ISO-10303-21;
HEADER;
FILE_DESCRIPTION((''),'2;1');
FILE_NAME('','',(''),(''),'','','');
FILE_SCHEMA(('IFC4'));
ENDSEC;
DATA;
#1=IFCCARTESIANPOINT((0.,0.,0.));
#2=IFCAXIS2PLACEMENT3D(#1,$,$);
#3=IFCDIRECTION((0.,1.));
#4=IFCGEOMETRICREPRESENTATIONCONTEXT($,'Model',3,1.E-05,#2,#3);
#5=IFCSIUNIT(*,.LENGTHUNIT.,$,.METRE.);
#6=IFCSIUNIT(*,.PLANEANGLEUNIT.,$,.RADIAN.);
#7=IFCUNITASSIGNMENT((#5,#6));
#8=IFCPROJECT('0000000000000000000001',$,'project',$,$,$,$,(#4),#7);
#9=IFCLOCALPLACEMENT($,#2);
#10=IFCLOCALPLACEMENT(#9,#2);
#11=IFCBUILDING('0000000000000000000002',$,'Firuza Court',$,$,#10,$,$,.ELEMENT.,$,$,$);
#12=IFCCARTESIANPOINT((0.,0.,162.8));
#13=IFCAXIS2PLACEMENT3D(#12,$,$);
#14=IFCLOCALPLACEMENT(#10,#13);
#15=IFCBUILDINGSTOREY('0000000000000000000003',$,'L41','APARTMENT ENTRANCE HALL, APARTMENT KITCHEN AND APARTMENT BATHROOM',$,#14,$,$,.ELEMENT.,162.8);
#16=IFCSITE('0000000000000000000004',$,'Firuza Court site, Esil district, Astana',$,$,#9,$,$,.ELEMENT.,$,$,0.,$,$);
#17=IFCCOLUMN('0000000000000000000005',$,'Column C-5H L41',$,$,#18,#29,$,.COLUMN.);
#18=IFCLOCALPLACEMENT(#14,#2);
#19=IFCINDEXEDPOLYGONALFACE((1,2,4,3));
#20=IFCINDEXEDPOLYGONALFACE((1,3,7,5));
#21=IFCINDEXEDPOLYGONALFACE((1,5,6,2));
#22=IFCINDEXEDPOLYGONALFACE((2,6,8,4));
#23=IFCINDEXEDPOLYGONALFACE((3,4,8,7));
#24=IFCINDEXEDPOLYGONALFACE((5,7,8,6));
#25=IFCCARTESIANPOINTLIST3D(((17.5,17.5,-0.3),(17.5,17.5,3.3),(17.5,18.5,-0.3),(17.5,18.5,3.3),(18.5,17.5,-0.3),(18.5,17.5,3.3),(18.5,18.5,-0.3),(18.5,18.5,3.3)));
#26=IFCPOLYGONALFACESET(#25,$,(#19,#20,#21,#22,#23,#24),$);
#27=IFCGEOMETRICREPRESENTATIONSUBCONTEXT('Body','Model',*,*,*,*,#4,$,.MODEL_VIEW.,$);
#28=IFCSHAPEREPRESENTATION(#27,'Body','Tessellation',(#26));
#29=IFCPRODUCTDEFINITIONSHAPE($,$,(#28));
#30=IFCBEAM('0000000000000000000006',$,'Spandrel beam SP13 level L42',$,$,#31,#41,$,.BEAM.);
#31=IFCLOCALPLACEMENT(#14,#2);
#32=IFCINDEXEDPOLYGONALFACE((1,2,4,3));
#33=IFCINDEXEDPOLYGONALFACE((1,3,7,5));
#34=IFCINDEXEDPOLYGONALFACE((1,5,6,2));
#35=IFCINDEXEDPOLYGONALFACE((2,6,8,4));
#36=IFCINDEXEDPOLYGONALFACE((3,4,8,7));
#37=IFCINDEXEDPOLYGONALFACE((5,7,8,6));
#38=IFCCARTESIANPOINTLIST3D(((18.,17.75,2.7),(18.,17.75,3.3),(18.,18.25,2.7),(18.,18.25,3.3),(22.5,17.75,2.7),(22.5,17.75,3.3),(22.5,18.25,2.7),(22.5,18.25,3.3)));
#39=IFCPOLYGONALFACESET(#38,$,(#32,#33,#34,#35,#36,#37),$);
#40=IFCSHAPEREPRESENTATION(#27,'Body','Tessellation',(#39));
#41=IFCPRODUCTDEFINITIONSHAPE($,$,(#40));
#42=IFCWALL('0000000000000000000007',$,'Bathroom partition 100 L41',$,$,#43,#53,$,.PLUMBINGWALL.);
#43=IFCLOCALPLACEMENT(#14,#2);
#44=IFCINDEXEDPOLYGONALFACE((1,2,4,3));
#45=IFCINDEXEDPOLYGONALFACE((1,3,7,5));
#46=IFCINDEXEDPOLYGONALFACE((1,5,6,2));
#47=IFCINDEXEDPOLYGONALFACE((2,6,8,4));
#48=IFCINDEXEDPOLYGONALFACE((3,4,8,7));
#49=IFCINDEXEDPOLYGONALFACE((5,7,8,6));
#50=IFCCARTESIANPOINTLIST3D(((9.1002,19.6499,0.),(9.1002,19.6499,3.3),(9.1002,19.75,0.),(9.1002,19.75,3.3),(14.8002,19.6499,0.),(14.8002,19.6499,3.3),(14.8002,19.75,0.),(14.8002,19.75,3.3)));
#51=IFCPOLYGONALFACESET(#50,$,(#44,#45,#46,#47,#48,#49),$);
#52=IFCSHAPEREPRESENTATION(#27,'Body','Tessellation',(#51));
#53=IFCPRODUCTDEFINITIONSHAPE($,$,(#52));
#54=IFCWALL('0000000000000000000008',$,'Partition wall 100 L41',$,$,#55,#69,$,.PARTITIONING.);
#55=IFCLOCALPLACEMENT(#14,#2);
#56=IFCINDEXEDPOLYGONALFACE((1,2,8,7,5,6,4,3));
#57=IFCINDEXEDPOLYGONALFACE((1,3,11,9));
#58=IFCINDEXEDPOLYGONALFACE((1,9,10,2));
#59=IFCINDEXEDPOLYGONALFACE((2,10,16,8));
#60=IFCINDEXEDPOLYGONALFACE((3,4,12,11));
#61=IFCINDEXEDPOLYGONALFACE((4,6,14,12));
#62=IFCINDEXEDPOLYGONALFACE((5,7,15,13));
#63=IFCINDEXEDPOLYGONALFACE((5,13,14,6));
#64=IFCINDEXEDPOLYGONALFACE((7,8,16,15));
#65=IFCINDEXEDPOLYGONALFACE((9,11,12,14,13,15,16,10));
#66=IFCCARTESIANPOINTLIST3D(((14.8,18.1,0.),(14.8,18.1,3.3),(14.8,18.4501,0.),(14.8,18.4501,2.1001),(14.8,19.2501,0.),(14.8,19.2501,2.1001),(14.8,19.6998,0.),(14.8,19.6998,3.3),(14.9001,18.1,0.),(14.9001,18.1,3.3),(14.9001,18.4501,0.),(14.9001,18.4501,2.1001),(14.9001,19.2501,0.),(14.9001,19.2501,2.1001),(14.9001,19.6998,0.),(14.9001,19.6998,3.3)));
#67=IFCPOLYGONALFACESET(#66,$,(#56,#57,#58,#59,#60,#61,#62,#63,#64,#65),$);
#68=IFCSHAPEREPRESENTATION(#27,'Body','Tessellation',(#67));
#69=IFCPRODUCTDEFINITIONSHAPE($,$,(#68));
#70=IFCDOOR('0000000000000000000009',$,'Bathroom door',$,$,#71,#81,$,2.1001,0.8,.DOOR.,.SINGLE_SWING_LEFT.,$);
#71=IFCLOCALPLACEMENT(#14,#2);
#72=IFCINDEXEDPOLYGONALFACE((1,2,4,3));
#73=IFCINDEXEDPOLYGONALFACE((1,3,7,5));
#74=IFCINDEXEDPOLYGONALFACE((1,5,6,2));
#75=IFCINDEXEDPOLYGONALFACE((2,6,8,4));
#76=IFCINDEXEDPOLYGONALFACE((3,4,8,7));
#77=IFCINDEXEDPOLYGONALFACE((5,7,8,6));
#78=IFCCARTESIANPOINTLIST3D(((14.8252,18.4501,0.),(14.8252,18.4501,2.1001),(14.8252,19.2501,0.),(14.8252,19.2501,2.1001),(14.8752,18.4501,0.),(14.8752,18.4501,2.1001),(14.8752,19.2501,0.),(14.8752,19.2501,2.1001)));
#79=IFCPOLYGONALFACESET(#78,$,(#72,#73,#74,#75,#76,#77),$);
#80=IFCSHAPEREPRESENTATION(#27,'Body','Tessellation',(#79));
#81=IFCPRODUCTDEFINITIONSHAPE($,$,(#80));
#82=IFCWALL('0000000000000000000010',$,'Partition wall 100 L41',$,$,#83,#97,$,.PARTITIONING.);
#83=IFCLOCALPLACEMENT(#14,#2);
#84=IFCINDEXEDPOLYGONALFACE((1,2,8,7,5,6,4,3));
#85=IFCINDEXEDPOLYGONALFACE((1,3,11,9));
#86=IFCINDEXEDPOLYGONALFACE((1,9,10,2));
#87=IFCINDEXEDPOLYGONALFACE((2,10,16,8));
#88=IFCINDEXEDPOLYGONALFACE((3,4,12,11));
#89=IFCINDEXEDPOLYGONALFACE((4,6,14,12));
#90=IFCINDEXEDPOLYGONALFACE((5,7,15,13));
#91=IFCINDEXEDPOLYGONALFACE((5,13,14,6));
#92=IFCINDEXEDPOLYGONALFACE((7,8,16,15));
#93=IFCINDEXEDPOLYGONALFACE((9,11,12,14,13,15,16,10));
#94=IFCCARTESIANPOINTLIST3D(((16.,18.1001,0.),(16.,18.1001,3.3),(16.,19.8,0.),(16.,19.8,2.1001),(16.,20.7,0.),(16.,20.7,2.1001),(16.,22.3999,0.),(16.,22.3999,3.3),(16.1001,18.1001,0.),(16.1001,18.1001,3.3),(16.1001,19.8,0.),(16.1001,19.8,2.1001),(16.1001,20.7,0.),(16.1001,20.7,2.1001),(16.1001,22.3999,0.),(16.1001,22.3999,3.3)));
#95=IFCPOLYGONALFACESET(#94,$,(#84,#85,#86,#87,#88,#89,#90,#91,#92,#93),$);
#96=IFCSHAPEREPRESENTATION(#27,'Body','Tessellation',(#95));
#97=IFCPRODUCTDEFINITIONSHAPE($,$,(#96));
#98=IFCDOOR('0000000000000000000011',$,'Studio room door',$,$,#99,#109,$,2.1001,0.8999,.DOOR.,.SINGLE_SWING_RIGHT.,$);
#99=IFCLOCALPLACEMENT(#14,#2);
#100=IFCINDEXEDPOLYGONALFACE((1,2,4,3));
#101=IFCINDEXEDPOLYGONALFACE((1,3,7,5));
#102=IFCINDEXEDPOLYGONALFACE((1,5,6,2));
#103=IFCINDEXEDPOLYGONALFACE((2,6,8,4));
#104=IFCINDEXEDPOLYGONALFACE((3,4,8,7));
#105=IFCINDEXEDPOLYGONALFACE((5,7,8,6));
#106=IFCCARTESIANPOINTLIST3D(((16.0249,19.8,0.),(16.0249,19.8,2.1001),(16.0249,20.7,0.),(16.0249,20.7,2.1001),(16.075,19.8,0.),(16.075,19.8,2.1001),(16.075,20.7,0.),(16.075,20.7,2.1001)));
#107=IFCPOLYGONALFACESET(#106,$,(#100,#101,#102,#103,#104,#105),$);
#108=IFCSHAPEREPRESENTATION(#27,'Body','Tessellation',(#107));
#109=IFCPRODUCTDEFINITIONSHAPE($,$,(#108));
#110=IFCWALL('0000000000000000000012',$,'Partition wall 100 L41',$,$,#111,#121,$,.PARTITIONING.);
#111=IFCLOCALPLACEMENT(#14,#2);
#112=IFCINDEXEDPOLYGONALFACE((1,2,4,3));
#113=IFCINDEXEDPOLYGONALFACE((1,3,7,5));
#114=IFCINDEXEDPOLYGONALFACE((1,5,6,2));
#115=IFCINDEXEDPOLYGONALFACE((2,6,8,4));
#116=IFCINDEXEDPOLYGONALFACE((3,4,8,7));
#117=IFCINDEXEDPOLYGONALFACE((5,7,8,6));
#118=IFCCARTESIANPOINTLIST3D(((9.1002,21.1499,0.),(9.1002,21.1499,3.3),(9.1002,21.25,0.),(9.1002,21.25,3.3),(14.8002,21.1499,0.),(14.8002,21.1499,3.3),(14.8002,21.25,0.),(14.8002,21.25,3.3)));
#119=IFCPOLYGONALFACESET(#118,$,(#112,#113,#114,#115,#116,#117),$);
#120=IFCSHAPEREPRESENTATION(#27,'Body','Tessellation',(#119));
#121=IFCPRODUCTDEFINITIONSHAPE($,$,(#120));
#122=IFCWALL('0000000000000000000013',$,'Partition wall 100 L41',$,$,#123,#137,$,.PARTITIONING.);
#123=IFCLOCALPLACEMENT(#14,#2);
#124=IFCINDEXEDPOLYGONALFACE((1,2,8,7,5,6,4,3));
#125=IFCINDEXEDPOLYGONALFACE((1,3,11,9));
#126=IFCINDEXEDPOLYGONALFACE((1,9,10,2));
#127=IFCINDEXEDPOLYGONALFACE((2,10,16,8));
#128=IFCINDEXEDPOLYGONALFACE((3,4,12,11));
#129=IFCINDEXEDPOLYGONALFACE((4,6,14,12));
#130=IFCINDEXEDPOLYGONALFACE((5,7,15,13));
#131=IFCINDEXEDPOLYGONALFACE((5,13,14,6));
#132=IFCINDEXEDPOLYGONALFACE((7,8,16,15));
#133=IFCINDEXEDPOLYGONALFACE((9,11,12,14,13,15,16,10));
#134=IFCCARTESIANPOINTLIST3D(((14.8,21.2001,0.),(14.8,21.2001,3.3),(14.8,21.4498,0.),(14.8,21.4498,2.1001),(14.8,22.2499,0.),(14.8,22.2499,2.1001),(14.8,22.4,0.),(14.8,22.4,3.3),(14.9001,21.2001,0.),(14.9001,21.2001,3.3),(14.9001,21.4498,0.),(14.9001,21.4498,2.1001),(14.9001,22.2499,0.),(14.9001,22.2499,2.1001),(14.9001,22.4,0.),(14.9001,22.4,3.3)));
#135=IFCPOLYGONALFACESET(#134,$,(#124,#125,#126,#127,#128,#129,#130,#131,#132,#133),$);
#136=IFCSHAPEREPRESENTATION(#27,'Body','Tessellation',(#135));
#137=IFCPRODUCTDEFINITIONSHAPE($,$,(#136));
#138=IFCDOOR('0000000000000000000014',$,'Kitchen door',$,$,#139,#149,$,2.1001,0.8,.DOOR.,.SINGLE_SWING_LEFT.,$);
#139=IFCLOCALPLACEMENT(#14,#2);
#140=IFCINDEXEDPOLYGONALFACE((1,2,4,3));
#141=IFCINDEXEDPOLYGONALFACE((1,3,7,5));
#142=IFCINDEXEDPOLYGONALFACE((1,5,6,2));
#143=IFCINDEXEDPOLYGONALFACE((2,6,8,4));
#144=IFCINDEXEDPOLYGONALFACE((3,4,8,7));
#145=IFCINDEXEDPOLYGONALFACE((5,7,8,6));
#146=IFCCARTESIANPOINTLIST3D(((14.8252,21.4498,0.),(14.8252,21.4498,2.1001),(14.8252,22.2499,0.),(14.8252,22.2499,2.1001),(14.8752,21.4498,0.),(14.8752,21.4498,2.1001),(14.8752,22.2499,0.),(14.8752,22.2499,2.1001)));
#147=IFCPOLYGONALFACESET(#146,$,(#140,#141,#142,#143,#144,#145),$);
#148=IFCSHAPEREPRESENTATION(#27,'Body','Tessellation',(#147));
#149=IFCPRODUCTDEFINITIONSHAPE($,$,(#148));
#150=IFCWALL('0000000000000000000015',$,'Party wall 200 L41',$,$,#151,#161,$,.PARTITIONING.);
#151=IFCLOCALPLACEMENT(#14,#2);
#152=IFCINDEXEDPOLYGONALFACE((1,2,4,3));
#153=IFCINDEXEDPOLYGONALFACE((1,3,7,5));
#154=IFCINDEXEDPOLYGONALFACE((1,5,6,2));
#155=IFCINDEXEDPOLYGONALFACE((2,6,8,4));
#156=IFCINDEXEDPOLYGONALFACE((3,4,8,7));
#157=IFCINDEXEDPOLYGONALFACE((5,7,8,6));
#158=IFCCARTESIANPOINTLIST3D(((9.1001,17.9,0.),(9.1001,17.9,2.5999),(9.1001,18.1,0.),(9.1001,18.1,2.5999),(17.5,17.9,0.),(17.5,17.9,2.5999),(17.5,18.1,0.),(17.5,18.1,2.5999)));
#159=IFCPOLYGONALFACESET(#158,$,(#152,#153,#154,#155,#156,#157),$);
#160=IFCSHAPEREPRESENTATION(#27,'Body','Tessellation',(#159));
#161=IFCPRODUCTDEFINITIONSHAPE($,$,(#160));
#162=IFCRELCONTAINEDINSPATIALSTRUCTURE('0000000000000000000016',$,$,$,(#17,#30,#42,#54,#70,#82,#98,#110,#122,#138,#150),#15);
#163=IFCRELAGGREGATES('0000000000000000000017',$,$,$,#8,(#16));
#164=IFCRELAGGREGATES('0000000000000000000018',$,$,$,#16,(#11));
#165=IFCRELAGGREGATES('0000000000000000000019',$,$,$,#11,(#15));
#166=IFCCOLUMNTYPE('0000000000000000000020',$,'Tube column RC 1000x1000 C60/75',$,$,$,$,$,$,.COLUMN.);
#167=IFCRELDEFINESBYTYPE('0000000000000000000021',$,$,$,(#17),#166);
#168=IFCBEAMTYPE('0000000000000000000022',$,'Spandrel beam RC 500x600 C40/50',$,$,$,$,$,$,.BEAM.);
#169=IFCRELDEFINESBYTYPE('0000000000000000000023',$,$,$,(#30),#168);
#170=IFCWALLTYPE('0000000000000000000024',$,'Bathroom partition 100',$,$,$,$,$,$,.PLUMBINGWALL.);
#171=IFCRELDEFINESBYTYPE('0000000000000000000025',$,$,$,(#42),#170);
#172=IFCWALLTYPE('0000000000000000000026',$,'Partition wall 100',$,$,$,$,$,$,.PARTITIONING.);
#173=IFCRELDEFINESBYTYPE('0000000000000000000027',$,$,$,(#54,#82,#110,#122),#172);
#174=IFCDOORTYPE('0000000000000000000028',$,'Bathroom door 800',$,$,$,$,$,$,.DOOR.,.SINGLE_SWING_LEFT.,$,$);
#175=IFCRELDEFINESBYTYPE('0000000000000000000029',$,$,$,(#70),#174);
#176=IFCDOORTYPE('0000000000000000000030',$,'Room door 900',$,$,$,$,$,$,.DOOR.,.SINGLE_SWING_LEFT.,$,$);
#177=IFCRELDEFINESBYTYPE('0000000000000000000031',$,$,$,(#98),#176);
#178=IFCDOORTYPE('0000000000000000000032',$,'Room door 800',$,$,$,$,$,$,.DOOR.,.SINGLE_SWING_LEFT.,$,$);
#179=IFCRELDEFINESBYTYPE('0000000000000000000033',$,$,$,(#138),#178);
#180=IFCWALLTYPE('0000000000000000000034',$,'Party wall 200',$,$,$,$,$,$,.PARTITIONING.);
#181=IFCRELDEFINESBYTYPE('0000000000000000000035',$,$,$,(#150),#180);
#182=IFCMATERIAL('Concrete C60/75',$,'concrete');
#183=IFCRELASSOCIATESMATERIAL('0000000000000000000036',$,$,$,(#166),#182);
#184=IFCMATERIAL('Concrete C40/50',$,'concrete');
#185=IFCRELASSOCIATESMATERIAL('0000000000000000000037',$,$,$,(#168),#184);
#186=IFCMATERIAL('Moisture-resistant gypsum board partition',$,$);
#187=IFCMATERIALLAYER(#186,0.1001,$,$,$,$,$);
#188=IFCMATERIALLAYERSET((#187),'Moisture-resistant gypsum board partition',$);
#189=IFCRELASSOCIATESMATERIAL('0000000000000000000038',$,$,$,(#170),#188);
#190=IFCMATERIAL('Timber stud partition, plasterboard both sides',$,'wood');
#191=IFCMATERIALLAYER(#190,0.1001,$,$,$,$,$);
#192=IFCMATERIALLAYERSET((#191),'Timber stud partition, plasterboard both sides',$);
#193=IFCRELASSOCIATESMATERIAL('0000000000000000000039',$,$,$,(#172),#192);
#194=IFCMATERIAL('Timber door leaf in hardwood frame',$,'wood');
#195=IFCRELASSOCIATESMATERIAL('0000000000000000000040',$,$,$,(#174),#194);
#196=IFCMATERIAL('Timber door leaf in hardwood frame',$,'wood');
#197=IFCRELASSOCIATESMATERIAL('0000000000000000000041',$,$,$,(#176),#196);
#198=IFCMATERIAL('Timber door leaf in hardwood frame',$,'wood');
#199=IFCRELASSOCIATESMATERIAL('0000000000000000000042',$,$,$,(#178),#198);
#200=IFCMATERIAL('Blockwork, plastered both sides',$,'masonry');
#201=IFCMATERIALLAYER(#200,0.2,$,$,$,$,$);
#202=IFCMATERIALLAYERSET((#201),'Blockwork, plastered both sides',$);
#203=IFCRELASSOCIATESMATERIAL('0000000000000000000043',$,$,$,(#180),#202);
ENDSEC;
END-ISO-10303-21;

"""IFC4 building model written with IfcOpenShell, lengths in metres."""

from ifc_helpers import new_model, si_unit, direction, frame, frame_2d, origin, origin_2d, place, context, subcontext, project, spatial, rectangle, extrude, material, layer, layer_set, material_profile, profile_set, type_object, element, fill, save


model = new_model("IFC4")

# Units and contexts
model_context = context("Model", 3, precision=1e-05, world=origin(), true_north=direction((0.0, 1.0)))
body_context = subcontext(model_context, "Body", "Model", "MODEL_VIEW")
ifc_project = project(units=[si_unit("LENGTHUNIT", "METRE"), si_unit("PLANEANGLEUNIT", "RADIAN")], contexts=[model_context])

# Site, building, storey
site_placement = place(None, origin())
site = spatial("IfcSite", under=ifc_project, at=site_placement, Name="Firuza Court site, Esil district, Astana", CompositionType="ELEMENT", RefElevation=0.0)
building_placement = place(site_placement, origin())
building = spatial("IfcBuilding", under=site, at=building_placement, Name="Firuza Court", CompositionType="ELEMENT")
storey_placement = place(building_placement, frame((0.0, 0.0, 162.8)))
storey = spatial("IfcBuildingStorey", under=building, at=storey_placement, Name="L41", Description="APARTMENT ENTRANCE HALL, APARTMENT KITCHEN AND APARTMENT BATHROOM", CompositionType="ELEMENT", Elevation=162.8)

# Column
ifc_material_1 = material(Name="Concrete C60/75", Category="concrete")
ifc_material_profile_1 = material_profile(ifc_material_1, rectangle(XDim=1.0, YDim=1.0, at=origin_2d()), Name="RC 1000x1000")
ifc_profile_set_1 = profile_set([ifc_material_profile_1], Name="Concrete C60/75")
column_type = type_object("IfcColumnType", Name="Tube column RC 1000x1000 C60/75", PredefinedType="COLUMN", material=ifc_profile_set_1)
column_placement = place(storey_placement, frame((18.0, 18.0, -0.3), z_axis=(0.0, 0.0, 1.0), x_axis=(1.0, 0.0, 0.0)))
element("IfcColumn", 1, at=column_placement, inside=storey, type_object=column_type, Name="Column C-5H L41", PredefinedType="COLUMN", context=body_context, shape_type="SweptSolid", body=[
    extrude(rectangle(XDim=1.0, YDim=1.0, at=origin_2d()), origin(), (0.0, 0.0, 1.0), 3.6001),
])

# Beam
ifc_material_2 = material(Name="Concrete C40/50", Category="concrete")
ifc_material_profile_2 = material_profile(ifc_material_2, rectangle(XDim=0.5, YDim=0.6001, at=origin_2d()), Name="RC 500x600")
ifc_profile_set_2 = profile_set([ifc_material_profile_2], Name="Concrete C40/50")
beam_type = type_object("IfcBeamType", Name="Spandrel beam RC 500x600 C40/50", PredefinedType="BEAM", material=ifc_profile_set_2)
beam_placement = place(storey_placement, frame((18.0, 18.0, 3.0), z_axis=(1.0, 0.0, 0.0), x_axis=(0.0, 1.0, 0.0)))
element("IfcBeam", 2, at=beam_placement, inside=storey, type_object=beam_type, Name="Spandrel beam SP13 level L42", PredefinedType="BEAM", context=body_context, shape_type="SweptSolid", body=[
    extrude(rectangle(XDim=0.5, YDim=0.6001, at=origin_2d()), origin(), (0.0, 0.0, 1.0), 4.5),
])

# Wall
ifc_material_3 = material(Name="Moisture-resistant gypsum board partition")
ifc_layer_1 = layer(ifc_material_3, 0.1001)
ifc_layer_set_1 = layer_set([ifc_layer_1], Name="Moisture-resistant gypsum board partition")
wall_type_1 = type_object("IfcWallType", Name="Bathroom partition 100", PredefinedType="PLUMBINGWALL", material=ifc_layer_set_1)
wall_1_placement = place(storey_placement, frame((9.1001, 19.7, 0.0), z_axis=(0.0, 0.0, 1.0), x_axis=(1.0, 0.0, 0.0)))
element("IfcWall", 3, at=wall_1_placement, inside=storey, type_object=wall_type_1, Name="Bathroom partition 100 L41", PredefinedType="PLUMBINGWALL", context=body_context, shape_type="SweptSolid", body=[
    extrude(rectangle(XDim=5.7, YDim=0.1001, at=frame_2d((2.8501, 0.0))), origin(), (0.0, 0.0, 1.0), 3.3),
])

# Walls, openings, doors
ifc_material_4 = material(Name="Timber stud partition, plasterboard both sides", Category="wood")
ifc_layer_2 = layer(ifc_material_4, 0.1001)
ifc_layer_set_2 = layer_set([ifc_layer_2], Name="Timber stud partition, plasterboard both sides")
wall_type_2 = type_object("IfcWallType", Name="Partition wall 100", PredefinedType="PARTITIONING", material=ifc_layer_set_2)
wall_2_placement = place(storey_placement, frame((14.8501, 18.1001, 0.0), z_axis=(0.0, 0.0, 1.0), x_axis=(0.0, 1.0, 0.0)))
wall_2 = element("IfcWall", 4, at=wall_2_placement, inside=storey, type_object=wall_type_2, Name="Partition wall 100 L41", PredefinedType="PARTITIONING", context=body_context, shape_type="SweptSolid", body=[
    extrude(rectangle(XDim=1.5999, YDim=0.1001, at=frame_2d((0.7998, 0.0))), origin(), (0.0, 0.0, 1.0), 3.3),
])
opening_1_placement = place(wall_2_placement, frame((0.3501, 0.0, 0.0)))
opening_1 = element("IfcOpeningElement", 5, at=opening_1_placement, cuts=wall_2, PredefinedType="OPENING", context=body_context, shape_type="SweptSolid", body=[
    extrude(rectangle(XDim=0.8, YDim=2.1001, at=frame_2d((0.3999, 1.05))), frame((0.0, 0.062, 0.0), z_axis=(0.0, -1.0, 0.0), x_axis=(1.0, 0.0, 0.0)), (0.0, 0.0, 1.0), 0.124),
])
ifc_material_5 = material(Name="Timber door leaf in hardwood frame", Category="wood")
door_type_1 = type_object("IfcDoorType", Name="Bathroom door 800", OperationType="SINGLE_SWING_LEFT", PredefinedType="DOOR", material=ifc_material_5)
door_1_placement = place(opening_1_placement, origin())
door_1 = element("IfcDoor", 6, at=door_1_placement, inside=storey, type_object=door_type_1, Name="Bathroom door", OperationType="SINGLE_SWING_LEFT", OverallHeight=2.1001, OverallWidth=0.8, PredefinedType="DOOR", context=body_context, shape_type="SweptSolid", body=[
    extrude(rectangle(XDim=0.8, YDim=2.1001, at=frame_2d((0.3999, 1.05))), frame((0.0, 0.0249, 0.0), z_axis=(0.0, -1.0, 0.0), x_axis=(1.0, 0.0, 0.0)), (0.0, 0.0, 1.0), 0.05),
])
fill(opening_1, door_1)
wall_3_placement = place(storey_placement, frame((16.05, 18.1001, 0.0), z_axis=(0.0, 0.0, 1.0), x_axis=(0.0, 1.0, 0.0)))
wall_3 = element("IfcWall", 7, at=wall_3_placement, inside=storey, type_object=wall_type_2, Name="Partition wall 100 L41", PredefinedType="PARTITIONING", context=body_context, shape_type="SweptSolid", body=[
    extrude(rectangle(XDim=4.2998, YDim=0.1001, at=frame_2d((2.1499, 0.0))), origin(), (0.0, 0.0, 1.0), 3.3),
])
opening_2_placement = place(wall_3_placement, frame((1.7, 0.0, 0.0)))
opening_2 = element("IfcOpeningElement", 8, at=opening_2_placement, cuts=wall_3, PredefinedType="OPENING", context=body_context, shape_type="SweptSolid", body=[
    extrude(rectangle(XDim=0.8999, YDim=2.1001, at=frame_2d((0.45, 1.05))), frame((0.0, 0.062, 0.0), z_axis=(0.0, -1.0, 0.0), x_axis=(1.0, 0.0, 0.0)), (0.0, 0.0, 1.0), 0.124),
])
ifc_material_6 = material(Name="Timber door leaf in hardwood frame", Category="wood")
door_type_2 = type_object("IfcDoorType", Name="Room door 900", OperationType="SINGLE_SWING_LEFT", PredefinedType="DOOR", material=ifc_material_6)
door_2_placement = place(opening_2_placement, frame((0.8999, 0.0, 0.0), z_axis=(0.0, 0.0, 1.0), x_axis=(-1.0, 0.0, 0.0)))
door_2 = element("IfcDoor", 9, at=door_2_placement, inside=storey, type_object=door_type_2, Name="Studio room door", OperationType="SINGLE_SWING_RIGHT", OverallHeight=2.1001, OverallWidth=0.8999, PredefinedType="DOOR", context=body_context, shape_type="SweptSolid", body=[
    extrude(rectangle(XDim=0.8999, YDim=2.1001, at=frame_2d((0.45, 1.05))), frame((0.0, 0.0249, 0.0), z_axis=(0.0, -1.0, 0.0), x_axis=(1.0, 0.0, 0.0)), (0.0, 0.0, 1.0), 0.05),
])
fill(opening_2, door_2)

# Wall
wall_4_placement = place(storey_placement, frame((9.1001, 21.2, 0.0), z_axis=(0.0, 0.0, 1.0), x_axis=(1.0, 0.0, 0.0)))
element("IfcWall", 10, at=wall_4_placement, inside=storey, type_object=wall_type_2, Name="Partition wall 100 L41", PredefinedType="PARTITIONING", context=body_context, shape_type="SweptSolid", body=[
    extrude(rectangle(XDim=5.7, YDim=0.1001, at=frame_2d((2.8501, 0.0))), origin(), (0.0, 0.0, 1.0), 3.3),
])

# Wall, opening, door
wall_5_placement = place(storey_placement, frame((14.8501, 21.2, 0.0), z_axis=(0.0, 0.0, 1.0), x_axis=(0.0, 1.0, 0.0)))
wall_5 = element("IfcWall", 11, at=wall_5_placement, inside=storey, type_object=wall_type_2, Name="Partition wall 100 L41", PredefinedType="PARTITIONING", context=body_context, shape_type="SweptSolid", body=[
    extrude(rectangle(XDim=1.2, YDim=0.1001, at=frame_2d((0.6001, 0.0))), origin(), (0.0, 0.0, 1.0), 3.3),
])
opening_3_placement = place(wall_5_placement, frame((0.25, 0.0, 0.0)))
opening_3 = element("IfcOpeningElement", 12, at=opening_3_placement, cuts=wall_5, PredefinedType="OPENING", context=body_context, shape_type="SweptSolid", body=[
    extrude(rectangle(XDim=0.8, YDim=2.1001, at=frame_2d((0.3999, 1.05))), frame((0.0, 0.062, 0.0), z_axis=(0.0, -1.0, 0.0), x_axis=(1.0, 0.0, 0.0)), (0.0, 0.0, 1.0), 0.124),
])
ifc_material_7 = material(Name="Timber door leaf in hardwood frame", Category="wood")
door_type_3 = type_object("IfcDoorType", Name="Room door 800", OperationType="SINGLE_SWING_LEFT", PredefinedType="DOOR", material=ifc_material_7)
door_3_placement = place(opening_3_placement, origin())
door_3 = element("IfcDoor", 13, at=door_3_placement, inside=storey, type_object=door_type_3, Name="Kitchen door", OperationType="SINGLE_SWING_LEFT", OverallHeight=2.1001, OverallWidth=0.8, PredefinedType="DOOR", context=body_context, shape_type="SweptSolid", body=[
    extrude(rectangle(XDim=0.8, YDim=2.1001, at=frame_2d((0.3999, 1.05))), frame((0.0, 0.0249, 0.0), z_axis=(0.0, -1.0, 0.0), x_axis=(1.0, 0.0, 0.0)), (0.0, 0.0, 1.0), 0.05),
])
fill(opening_3, door_3)

# Wall
ifc_material_8 = material(Name="Blockwork, plastered both sides", Category="masonry")
ifc_layer_3 = layer(ifc_material_8, 0.2)
ifc_layer_set_3 = layer_set([ifc_layer_3], Name="Blockwork, plastered both sides")
wall_type_3 = type_object("IfcWallType", Name="Party wall 200", PredefinedType="PARTITIONING", material=ifc_layer_set_3)
wall_6_placement = place(storey_placement, frame((9.1001, 18.0, 0.0), z_axis=(0.0, 0.0, 1.0), x_axis=(1.0, 0.0, 0.0)))
element("IfcWall", 14, at=wall_6_placement, inside=storey, type_object=wall_type_3, Name="Party wall 200 L41", PredefinedType="PARTITIONING", context=body_context, shape_type="SweptSolid", body=[
    extrude(rectangle(XDim=8.3999, YDim=0.2, at=frame_2d((4.2, 0.0))), origin(), (0.0, 0.0, 1.0), 2.5999),
])

save(model, "model.ifc")
